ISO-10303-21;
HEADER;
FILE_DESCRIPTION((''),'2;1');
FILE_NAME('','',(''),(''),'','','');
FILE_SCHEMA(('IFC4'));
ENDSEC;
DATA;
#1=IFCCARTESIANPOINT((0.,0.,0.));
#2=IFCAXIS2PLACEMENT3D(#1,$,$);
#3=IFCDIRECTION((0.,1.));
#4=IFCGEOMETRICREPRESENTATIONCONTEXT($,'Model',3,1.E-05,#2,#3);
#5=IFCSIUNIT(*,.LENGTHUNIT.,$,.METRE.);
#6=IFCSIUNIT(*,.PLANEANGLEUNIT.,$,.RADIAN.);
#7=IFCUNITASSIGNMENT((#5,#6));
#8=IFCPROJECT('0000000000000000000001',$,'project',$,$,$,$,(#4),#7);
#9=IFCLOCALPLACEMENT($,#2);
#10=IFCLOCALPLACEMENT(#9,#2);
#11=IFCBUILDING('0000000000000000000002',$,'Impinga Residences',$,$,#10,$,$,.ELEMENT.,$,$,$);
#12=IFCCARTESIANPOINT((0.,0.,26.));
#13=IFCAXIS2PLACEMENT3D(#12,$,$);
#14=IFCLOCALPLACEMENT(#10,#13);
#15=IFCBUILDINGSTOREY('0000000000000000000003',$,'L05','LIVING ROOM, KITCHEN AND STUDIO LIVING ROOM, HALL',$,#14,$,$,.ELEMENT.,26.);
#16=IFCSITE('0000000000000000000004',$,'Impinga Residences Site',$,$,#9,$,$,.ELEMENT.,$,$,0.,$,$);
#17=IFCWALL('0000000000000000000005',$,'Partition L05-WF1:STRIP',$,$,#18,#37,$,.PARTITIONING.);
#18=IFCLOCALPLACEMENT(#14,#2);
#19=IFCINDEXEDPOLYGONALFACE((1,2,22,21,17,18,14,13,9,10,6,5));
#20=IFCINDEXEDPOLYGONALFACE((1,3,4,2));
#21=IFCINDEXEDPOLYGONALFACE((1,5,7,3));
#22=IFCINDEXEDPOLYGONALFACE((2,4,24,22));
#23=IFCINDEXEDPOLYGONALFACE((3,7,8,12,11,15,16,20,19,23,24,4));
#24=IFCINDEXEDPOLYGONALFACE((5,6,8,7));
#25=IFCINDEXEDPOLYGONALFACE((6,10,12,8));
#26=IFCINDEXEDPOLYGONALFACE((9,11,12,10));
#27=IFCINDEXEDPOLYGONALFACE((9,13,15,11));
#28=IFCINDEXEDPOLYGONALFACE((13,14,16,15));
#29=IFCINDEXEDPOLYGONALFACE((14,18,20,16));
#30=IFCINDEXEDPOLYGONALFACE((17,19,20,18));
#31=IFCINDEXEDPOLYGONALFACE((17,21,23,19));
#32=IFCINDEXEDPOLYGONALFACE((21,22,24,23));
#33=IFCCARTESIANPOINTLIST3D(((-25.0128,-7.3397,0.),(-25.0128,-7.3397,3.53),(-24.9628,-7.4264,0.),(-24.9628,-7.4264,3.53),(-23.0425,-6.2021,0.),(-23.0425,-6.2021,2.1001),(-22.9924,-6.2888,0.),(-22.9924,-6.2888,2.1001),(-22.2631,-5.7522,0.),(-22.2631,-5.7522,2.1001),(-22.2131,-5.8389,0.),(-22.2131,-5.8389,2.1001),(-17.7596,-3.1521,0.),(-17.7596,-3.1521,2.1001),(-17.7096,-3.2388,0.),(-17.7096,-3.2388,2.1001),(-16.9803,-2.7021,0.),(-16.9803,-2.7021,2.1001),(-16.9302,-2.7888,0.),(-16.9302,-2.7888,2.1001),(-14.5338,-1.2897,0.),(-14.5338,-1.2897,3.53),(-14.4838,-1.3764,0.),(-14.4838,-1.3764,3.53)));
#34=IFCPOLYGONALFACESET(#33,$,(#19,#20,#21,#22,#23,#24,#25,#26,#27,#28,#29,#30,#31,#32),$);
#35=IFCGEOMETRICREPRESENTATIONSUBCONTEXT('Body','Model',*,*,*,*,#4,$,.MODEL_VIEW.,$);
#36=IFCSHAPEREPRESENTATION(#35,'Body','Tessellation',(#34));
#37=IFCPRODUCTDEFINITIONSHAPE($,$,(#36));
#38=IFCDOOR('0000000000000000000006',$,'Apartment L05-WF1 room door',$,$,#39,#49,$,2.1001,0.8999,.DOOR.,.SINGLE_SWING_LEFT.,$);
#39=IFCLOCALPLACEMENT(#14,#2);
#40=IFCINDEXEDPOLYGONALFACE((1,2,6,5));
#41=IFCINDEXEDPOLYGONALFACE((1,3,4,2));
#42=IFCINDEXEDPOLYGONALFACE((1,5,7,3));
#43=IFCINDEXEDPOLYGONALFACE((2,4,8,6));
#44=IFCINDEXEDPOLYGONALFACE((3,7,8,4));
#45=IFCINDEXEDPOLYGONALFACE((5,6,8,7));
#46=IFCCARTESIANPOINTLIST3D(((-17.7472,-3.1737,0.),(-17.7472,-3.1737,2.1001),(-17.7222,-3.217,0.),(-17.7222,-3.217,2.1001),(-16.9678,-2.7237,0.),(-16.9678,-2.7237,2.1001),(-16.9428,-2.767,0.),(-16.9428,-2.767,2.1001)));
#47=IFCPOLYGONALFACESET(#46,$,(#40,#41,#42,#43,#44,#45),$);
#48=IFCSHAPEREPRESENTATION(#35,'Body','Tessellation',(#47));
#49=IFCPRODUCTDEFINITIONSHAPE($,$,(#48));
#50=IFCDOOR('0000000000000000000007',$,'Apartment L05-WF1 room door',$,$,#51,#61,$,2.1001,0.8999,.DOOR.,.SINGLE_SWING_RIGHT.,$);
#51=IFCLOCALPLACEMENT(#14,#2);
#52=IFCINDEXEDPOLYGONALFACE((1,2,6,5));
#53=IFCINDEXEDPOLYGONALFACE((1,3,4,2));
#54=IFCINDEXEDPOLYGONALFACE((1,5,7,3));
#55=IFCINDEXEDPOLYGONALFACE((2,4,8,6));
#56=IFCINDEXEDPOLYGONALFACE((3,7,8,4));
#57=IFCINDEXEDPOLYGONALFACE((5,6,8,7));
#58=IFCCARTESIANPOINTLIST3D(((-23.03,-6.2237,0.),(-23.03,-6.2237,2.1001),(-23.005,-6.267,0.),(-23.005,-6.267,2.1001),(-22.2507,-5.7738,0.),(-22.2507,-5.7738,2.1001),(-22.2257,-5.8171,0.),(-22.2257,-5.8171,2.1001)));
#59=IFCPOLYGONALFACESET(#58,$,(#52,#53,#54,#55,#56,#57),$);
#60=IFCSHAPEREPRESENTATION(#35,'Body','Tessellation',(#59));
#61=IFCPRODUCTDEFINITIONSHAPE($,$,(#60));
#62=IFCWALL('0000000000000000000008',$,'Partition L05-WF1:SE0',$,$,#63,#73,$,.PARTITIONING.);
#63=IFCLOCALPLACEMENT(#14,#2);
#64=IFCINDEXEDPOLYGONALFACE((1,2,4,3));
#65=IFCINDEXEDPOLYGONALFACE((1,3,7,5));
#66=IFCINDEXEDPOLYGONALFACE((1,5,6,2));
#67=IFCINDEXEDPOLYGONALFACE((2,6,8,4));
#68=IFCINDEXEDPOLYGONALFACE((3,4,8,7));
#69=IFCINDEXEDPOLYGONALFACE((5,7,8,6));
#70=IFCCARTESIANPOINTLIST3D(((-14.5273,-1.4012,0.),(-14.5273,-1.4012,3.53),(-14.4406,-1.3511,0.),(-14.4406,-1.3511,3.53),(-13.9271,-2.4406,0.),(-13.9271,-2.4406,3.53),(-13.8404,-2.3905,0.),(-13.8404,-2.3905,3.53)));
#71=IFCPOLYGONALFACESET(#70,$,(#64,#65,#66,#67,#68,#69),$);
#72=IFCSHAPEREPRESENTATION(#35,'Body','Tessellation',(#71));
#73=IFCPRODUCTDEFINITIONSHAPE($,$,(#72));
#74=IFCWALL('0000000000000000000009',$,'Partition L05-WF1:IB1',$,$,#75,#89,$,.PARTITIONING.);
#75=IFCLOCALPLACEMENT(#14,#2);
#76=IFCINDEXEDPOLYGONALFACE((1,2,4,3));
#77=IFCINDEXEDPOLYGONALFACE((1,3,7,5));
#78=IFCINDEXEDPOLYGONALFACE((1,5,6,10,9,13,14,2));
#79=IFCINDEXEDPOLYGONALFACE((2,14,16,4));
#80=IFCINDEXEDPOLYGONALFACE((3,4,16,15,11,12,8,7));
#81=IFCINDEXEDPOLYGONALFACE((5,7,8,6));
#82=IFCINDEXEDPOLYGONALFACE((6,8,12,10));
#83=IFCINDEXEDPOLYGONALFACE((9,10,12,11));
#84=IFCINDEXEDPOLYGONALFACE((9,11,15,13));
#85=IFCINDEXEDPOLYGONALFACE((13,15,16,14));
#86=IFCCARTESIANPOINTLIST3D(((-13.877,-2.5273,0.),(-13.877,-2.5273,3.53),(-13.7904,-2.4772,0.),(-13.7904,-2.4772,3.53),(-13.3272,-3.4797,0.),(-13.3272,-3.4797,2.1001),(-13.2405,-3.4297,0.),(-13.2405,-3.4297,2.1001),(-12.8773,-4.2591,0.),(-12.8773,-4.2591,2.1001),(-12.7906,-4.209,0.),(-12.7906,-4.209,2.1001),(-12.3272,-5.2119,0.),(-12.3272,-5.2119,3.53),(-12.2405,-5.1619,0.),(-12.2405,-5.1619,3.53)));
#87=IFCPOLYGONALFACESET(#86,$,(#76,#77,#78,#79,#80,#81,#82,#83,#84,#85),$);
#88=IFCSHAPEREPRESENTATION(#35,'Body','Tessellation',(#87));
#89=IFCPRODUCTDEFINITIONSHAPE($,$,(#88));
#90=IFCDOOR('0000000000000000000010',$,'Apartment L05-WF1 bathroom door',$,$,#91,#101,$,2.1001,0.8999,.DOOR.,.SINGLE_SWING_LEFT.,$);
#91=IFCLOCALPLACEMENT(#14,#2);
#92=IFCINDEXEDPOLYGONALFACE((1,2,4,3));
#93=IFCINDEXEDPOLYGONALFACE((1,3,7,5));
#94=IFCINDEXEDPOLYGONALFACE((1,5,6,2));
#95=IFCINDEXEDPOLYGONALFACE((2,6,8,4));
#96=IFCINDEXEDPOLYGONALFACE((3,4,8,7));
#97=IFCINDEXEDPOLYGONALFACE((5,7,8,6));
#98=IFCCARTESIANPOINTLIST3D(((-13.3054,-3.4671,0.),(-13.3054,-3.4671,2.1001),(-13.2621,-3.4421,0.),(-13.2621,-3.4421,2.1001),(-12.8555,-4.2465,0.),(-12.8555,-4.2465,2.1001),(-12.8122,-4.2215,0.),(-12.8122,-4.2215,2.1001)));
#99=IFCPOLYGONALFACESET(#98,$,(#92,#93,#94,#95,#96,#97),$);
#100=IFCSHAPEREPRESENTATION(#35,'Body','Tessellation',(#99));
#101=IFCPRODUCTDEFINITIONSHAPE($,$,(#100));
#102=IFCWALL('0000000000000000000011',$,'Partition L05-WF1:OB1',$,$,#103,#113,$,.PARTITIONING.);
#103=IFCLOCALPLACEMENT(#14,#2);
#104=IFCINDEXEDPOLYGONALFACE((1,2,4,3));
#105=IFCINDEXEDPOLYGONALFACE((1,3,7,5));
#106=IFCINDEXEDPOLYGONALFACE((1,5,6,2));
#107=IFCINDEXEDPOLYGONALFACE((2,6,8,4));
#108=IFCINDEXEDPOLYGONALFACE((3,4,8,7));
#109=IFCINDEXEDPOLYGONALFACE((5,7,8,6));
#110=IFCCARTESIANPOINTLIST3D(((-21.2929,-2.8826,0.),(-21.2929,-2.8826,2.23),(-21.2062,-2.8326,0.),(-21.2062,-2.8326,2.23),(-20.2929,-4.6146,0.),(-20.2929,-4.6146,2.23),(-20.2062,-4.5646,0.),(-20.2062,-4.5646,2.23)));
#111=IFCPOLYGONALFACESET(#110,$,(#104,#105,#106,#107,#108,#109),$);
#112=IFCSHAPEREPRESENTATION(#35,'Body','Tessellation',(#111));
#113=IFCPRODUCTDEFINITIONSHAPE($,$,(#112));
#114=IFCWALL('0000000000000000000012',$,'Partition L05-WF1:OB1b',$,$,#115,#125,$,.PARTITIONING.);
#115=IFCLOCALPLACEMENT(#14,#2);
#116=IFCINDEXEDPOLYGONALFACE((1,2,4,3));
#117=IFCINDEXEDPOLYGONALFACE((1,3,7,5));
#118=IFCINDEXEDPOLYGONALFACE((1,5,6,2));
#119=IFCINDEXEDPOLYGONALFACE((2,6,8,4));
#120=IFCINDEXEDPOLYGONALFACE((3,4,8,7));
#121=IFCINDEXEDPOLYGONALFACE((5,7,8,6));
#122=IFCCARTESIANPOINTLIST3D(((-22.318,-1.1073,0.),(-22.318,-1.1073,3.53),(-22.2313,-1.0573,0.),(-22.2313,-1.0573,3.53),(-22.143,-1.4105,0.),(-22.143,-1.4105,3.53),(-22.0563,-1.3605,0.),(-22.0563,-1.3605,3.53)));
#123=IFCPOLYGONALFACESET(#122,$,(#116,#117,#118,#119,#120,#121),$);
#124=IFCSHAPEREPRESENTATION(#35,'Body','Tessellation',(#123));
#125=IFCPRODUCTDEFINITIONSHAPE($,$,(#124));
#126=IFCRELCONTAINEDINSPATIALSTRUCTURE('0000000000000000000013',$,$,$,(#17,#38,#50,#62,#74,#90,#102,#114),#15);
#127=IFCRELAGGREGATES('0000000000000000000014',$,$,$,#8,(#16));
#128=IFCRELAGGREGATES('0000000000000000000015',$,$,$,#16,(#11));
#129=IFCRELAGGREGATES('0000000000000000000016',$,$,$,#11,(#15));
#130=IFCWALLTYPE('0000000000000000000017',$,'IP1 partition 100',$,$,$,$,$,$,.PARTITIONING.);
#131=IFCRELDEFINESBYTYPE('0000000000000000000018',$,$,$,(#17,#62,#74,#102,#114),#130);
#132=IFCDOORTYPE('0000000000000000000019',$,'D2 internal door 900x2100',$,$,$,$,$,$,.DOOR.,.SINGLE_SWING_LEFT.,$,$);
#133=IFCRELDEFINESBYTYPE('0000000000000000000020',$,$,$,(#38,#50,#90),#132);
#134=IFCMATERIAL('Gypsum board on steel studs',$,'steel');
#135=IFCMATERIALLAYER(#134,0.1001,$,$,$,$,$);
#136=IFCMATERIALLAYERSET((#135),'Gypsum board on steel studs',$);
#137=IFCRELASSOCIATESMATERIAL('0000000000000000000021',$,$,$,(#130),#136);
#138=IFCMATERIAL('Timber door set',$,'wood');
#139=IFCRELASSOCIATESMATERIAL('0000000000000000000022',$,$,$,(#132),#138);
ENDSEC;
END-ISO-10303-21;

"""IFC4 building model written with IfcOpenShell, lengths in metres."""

from ifc_helpers import new_model, si_unit, direction, frame, frame_2d, origin, place, context, subcontext, project, spatial, rectangle, extrude, material, layer, layer_set, type_object, element, fill, save


model = new_model("IFC4")

# Units and contexts
model_context = context("Model", 3, precision=1e-05, world=origin(), true_north=direction((0.0, 1.0)))
body_context = subcontext(model_context, "Body", "Model", "MODEL_VIEW")
ifc_project = project(units=[si_unit("LENGTHUNIT", "METRE"), si_unit("PLANEANGLEUNIT", "RADIAN")], contexts=[model_context])

# Site, building, storey
site_placement = place(None, origin())
site = spatial("IfcSite", under=ifc_project, at=site_placement, Name="Impinga Residences Site", CompositionType="ELEMENT", RefElevation=0.0)
building_placement = place(site_placement, origin())
building = spatial("IfcBuilding", under=site, at=building_placement, Name="Impinga Residences", CompositionType="ELEMENT")
storey_placement = place(building_placement, frame((0.0, 0.0, 26.0)))
storey = spatial("IfcBuildingStorey", under=building, at=storey_placement, Name="L05", Description="LIVING ROOM, KITCHEN AND STUDIO LIVING ROOM, HALL", CompositionType="ELEMENT", Elevation=26.0)

# Shared definitions
ifc_material_1 = material(Name="Gypsum board on steel studs", Category="steel")
ifc_layer_1 = layer(ifc_material_1, 0.1001)
ifc_layer_set_1 = layer_set([ifc_layer_1], Name="Gypsum board on steel studs")
wall_type_1 = type_object("IfcWallType", Name="IP1 partition 100", PredefinedType="PARTITIONING", material=ifc_layer_set_1)

# Wall, openings, doors
wall_1_placement = place(storey_placement, frame((-14.5088, -1.333, 0.0), z_axis=(0.0, 0.0, 1.0), x_axis=(-0.866026, -0.5, 0.0)))
wall_1 = element("IfcWall", 1, at=wall_1_placement, inside=storey, type_object=wall_type_1, Name="Partition L05-WF1:STRIP", PredefinedType="PARTITIONING", context=body_context, shape_type="SweptSolid", body=[
    extrude(rectangle(XDim=12.1001, YDim=0.1001, at=frame_2d((6.05, 0.0))), origin(), (0.0, 0.0, 1.0), 3.53),
])
opening_1_placement = place(wall_1_placement, frame((2.825, 0.0, 0.0)))
opening_1 = element("IfcOpeningElement", 2, at=opening_1_placement, cuts=wall_1, PredefinedType="OPENING", context=body_context, shape_type="SweptSolid", body=[
    extrude(rectangle(XDim=0.8999, YDim=2.1001, at=frame_2d((0.45, 1.05))), frame((0.0, 0.0601, 0.0), z_axis=(0.0, -1.0, 0.0), x_axis=(1.0, 0.0, 0.0)), (0.0, 0.0, 1.0), 0.1201),
])
opening_2_placement = place(wall_1_placement, frame((8.925, 0.0, 0.0)))
opening_2 = element("IfcOpeningElement", 3, at=opening_2_placement, cuts=wall_1, PredefinedType="OPENING", context=body_context, shape_type="SweptSolid", body=[
    extrude(rectangle(XDim=0.8999, YDim=2.1001, at=frame_2d((0.45, 1.05))), frame((0.0, 0.0601, 0.0), z_axis=(0.0, -1.0, 0.0), x_axis=(1.0, 0.0, 0.0)), (0.0, 0.0, 1.0), 0.1201),
])
ifc_material_2 = material(Name="Timber door set", Category="wood")
door_type = type_object("IfcDoorType", Name="D2 internal door 900x2100", OperationType="SINGLE_SWING_LEFT", PredefinedType="DOOR", material=ifc_material_2)
door_1_placement = place(opening_1_placement, origin())
door_1 = element("IfcDoor", 4, at=door_1_placement, inside=storey, type_object=door_type, Name="Apartment L05-WF1 room door", OperationType="SINGLE_SWING_LEFT", OverallHeight=2.1001, OverallWidth=0.8999, PredefinedType="DOOR", context=body_context, shape_type="SweptSolid", body=[
    extrude(rectangle(XDim=0.8999, YDim=2.1001, at=frame_2d((0.45, 1.05))), frame((0.0, 0.0249, 0.0), z_axis=(0.0, -1.0, 0.0), x_axis=(1.0, 0.0, 0.0)), (0.0, 0.0, 1.0), 0.05),
])
fill(opening_1, door_1)
door_2_placement = place(opening_2_placement, origin())
door_2 = element("IfcDoor", 5, at=door_2_placement, inside=storey, type_object=door_type, Name="Apartment L05-WF1 room door", OperationType="SINGLE_SWING_RIGHT", OverallHeight=2.1001, OverallWidth=0.8999, PredefinedType="DOOR", context=body_context, shape_type="SweptSolid", body=[
    extrude(rectangle(XDim=0.8999, YDim=2.1001, at=frame_2d((0.45, 1.05))), frame((0.0, 0.0249, 0.0), z_axis=(0.0, -1.0, 0.0), x_axis=(1.0, 0.0, 0.0)), (0.0, 0.0, 1.0), 0.05),
])
fill(opening_2, door_2)

# Wall
wall_2_placement = place(storey_placement, frame((-13.8838, -2.4155, 0.0), z_axis=(0.0, 0.0, 1.0), x_axis=(-0.500034, 0.866006, 0.0)))
element("IfcWall", 6, at=wall_2_placement, inside=storey, type_object=wall_type_1, Name="Partition L05-WF1:SE0", PredefinedType="PARTITIONING", context=body_context, shape_type="SweptSolid", body=[
    extrude(rectangle(XDim=1.2002, YDim=0.1001, at=frame_2d((0.6001, 0.0))), origin(), (0.0, 0.0, 1.0), 3.53),
])

# Wall, opening, door
wall_3_placement = place(storey_placement, frame((-12.2839, -5.1868, 0.0), z_axis=(0.0, 0.0, 1.0), x_axis=(-0.499968, 0.866044, 0.0)))
wall_3 = element("IfcWall", 7, at=wall_3_placement, inside=storey, type_object=wall_type_1, Name="Partition L05-WF1:IB1", PredefinedType="PARTITIONING", context=body_context, shape_type="SweptSolid", body=[
    extrude(rectangle(XDim=3.0999, YDim=0.1001, at=frame_2d((1.5498, 0.0))), origin(), (0.0, 0.0, 1.0), 3.53),
])
opening_3_placement = place(wall_3_placement, frame((1.1001, 0.0, 0.0)))
opening_3 = element("IfcOpeningElement", 8, at=opening_3_placement, cuts=wall_3, PredefinedType="OPENING", context=body_context, shape_type="SweptSolid", body=[
    extrude(rectangle(XDim=0.8999, YDim=2.1001, at=frame_2d((0.45, 1.05))), frame((0.0, 0.0601, 0.0), z_axis=(0.0, -1.0, 0.0), x_axis=(1.0, 0.0, 0.0)), (0.0, 0.0, 1.0), 0.1201),
])
door_3_placement = place(opening_3_placement, origin())
door_3 = element("IfcDoor", 9, at=door_3_placement, inside=storey, type_object=door_type, Name="Apartment L05-WF1 bathroom door", OperationType="SINGLE_SWING_LEFT", OverallHeight=2.1001, OverallWidth=0.8999, PredefinedType="DOOR", context=body_context, shape_type="SweptSolid", body=[
    extrude(rectangle(XDim=0.8999, YDim=2.1001, at=frame_2d((0.45, 1.05))), frame((0.0, 0.0249, 0.0), z_axis=(0.0, -1.0, 0.0), x_axis=(1.0, 0.0, 0.0)), (0.0, 0.0, 1.0), 0.05),
])
fill(opening_3, door_3)

# Walls
wall_4_placement = place(storey_placement, frame((-20.2495, -4.5896, 0.0), z_axis=(0.0, 0.0, 1.0), x_axis=(-0.500025, 0.866011, 0.0)))
element("IfcWall", 10, at=wall_4_placement, inside=storey, type_object=wall_type_1, Name="Partition L05-WF1:OB1", PredefinedType="PARTITIONING", context=body_context, shape_type="SweptSolid", body=[
    extrude(rectangle(XDim=2.0, YDim=0.1001, at=frame_2d((1.0, 0.0))), origin(), (0.0, 0.0, 1.0), 2.23),
])
wall_5_placement = place(storey_placement, frame((-22.0996, -1.3855, 0.0), z_axis=(0.0, 0.0, 1.0), x_axis=(-0.499964, 0.866046, 0.0)))
element("IfcWall", 11, at=wall_5_placement, inside=storey, type_object=wall_type_1, Name="Partition L05-WF1:OB1b", PredefinedType="PARTITIONING", context=body_context, shape_type="SweptSolid", body=[
    extrude(rectangle(XDim=0.3501, YDim=0.1001, at=frame_2d((0.175, 0.0))), origin(), (0.0, 0.0, 1.0), 3.53),
])

save(model, "model.ifc")
